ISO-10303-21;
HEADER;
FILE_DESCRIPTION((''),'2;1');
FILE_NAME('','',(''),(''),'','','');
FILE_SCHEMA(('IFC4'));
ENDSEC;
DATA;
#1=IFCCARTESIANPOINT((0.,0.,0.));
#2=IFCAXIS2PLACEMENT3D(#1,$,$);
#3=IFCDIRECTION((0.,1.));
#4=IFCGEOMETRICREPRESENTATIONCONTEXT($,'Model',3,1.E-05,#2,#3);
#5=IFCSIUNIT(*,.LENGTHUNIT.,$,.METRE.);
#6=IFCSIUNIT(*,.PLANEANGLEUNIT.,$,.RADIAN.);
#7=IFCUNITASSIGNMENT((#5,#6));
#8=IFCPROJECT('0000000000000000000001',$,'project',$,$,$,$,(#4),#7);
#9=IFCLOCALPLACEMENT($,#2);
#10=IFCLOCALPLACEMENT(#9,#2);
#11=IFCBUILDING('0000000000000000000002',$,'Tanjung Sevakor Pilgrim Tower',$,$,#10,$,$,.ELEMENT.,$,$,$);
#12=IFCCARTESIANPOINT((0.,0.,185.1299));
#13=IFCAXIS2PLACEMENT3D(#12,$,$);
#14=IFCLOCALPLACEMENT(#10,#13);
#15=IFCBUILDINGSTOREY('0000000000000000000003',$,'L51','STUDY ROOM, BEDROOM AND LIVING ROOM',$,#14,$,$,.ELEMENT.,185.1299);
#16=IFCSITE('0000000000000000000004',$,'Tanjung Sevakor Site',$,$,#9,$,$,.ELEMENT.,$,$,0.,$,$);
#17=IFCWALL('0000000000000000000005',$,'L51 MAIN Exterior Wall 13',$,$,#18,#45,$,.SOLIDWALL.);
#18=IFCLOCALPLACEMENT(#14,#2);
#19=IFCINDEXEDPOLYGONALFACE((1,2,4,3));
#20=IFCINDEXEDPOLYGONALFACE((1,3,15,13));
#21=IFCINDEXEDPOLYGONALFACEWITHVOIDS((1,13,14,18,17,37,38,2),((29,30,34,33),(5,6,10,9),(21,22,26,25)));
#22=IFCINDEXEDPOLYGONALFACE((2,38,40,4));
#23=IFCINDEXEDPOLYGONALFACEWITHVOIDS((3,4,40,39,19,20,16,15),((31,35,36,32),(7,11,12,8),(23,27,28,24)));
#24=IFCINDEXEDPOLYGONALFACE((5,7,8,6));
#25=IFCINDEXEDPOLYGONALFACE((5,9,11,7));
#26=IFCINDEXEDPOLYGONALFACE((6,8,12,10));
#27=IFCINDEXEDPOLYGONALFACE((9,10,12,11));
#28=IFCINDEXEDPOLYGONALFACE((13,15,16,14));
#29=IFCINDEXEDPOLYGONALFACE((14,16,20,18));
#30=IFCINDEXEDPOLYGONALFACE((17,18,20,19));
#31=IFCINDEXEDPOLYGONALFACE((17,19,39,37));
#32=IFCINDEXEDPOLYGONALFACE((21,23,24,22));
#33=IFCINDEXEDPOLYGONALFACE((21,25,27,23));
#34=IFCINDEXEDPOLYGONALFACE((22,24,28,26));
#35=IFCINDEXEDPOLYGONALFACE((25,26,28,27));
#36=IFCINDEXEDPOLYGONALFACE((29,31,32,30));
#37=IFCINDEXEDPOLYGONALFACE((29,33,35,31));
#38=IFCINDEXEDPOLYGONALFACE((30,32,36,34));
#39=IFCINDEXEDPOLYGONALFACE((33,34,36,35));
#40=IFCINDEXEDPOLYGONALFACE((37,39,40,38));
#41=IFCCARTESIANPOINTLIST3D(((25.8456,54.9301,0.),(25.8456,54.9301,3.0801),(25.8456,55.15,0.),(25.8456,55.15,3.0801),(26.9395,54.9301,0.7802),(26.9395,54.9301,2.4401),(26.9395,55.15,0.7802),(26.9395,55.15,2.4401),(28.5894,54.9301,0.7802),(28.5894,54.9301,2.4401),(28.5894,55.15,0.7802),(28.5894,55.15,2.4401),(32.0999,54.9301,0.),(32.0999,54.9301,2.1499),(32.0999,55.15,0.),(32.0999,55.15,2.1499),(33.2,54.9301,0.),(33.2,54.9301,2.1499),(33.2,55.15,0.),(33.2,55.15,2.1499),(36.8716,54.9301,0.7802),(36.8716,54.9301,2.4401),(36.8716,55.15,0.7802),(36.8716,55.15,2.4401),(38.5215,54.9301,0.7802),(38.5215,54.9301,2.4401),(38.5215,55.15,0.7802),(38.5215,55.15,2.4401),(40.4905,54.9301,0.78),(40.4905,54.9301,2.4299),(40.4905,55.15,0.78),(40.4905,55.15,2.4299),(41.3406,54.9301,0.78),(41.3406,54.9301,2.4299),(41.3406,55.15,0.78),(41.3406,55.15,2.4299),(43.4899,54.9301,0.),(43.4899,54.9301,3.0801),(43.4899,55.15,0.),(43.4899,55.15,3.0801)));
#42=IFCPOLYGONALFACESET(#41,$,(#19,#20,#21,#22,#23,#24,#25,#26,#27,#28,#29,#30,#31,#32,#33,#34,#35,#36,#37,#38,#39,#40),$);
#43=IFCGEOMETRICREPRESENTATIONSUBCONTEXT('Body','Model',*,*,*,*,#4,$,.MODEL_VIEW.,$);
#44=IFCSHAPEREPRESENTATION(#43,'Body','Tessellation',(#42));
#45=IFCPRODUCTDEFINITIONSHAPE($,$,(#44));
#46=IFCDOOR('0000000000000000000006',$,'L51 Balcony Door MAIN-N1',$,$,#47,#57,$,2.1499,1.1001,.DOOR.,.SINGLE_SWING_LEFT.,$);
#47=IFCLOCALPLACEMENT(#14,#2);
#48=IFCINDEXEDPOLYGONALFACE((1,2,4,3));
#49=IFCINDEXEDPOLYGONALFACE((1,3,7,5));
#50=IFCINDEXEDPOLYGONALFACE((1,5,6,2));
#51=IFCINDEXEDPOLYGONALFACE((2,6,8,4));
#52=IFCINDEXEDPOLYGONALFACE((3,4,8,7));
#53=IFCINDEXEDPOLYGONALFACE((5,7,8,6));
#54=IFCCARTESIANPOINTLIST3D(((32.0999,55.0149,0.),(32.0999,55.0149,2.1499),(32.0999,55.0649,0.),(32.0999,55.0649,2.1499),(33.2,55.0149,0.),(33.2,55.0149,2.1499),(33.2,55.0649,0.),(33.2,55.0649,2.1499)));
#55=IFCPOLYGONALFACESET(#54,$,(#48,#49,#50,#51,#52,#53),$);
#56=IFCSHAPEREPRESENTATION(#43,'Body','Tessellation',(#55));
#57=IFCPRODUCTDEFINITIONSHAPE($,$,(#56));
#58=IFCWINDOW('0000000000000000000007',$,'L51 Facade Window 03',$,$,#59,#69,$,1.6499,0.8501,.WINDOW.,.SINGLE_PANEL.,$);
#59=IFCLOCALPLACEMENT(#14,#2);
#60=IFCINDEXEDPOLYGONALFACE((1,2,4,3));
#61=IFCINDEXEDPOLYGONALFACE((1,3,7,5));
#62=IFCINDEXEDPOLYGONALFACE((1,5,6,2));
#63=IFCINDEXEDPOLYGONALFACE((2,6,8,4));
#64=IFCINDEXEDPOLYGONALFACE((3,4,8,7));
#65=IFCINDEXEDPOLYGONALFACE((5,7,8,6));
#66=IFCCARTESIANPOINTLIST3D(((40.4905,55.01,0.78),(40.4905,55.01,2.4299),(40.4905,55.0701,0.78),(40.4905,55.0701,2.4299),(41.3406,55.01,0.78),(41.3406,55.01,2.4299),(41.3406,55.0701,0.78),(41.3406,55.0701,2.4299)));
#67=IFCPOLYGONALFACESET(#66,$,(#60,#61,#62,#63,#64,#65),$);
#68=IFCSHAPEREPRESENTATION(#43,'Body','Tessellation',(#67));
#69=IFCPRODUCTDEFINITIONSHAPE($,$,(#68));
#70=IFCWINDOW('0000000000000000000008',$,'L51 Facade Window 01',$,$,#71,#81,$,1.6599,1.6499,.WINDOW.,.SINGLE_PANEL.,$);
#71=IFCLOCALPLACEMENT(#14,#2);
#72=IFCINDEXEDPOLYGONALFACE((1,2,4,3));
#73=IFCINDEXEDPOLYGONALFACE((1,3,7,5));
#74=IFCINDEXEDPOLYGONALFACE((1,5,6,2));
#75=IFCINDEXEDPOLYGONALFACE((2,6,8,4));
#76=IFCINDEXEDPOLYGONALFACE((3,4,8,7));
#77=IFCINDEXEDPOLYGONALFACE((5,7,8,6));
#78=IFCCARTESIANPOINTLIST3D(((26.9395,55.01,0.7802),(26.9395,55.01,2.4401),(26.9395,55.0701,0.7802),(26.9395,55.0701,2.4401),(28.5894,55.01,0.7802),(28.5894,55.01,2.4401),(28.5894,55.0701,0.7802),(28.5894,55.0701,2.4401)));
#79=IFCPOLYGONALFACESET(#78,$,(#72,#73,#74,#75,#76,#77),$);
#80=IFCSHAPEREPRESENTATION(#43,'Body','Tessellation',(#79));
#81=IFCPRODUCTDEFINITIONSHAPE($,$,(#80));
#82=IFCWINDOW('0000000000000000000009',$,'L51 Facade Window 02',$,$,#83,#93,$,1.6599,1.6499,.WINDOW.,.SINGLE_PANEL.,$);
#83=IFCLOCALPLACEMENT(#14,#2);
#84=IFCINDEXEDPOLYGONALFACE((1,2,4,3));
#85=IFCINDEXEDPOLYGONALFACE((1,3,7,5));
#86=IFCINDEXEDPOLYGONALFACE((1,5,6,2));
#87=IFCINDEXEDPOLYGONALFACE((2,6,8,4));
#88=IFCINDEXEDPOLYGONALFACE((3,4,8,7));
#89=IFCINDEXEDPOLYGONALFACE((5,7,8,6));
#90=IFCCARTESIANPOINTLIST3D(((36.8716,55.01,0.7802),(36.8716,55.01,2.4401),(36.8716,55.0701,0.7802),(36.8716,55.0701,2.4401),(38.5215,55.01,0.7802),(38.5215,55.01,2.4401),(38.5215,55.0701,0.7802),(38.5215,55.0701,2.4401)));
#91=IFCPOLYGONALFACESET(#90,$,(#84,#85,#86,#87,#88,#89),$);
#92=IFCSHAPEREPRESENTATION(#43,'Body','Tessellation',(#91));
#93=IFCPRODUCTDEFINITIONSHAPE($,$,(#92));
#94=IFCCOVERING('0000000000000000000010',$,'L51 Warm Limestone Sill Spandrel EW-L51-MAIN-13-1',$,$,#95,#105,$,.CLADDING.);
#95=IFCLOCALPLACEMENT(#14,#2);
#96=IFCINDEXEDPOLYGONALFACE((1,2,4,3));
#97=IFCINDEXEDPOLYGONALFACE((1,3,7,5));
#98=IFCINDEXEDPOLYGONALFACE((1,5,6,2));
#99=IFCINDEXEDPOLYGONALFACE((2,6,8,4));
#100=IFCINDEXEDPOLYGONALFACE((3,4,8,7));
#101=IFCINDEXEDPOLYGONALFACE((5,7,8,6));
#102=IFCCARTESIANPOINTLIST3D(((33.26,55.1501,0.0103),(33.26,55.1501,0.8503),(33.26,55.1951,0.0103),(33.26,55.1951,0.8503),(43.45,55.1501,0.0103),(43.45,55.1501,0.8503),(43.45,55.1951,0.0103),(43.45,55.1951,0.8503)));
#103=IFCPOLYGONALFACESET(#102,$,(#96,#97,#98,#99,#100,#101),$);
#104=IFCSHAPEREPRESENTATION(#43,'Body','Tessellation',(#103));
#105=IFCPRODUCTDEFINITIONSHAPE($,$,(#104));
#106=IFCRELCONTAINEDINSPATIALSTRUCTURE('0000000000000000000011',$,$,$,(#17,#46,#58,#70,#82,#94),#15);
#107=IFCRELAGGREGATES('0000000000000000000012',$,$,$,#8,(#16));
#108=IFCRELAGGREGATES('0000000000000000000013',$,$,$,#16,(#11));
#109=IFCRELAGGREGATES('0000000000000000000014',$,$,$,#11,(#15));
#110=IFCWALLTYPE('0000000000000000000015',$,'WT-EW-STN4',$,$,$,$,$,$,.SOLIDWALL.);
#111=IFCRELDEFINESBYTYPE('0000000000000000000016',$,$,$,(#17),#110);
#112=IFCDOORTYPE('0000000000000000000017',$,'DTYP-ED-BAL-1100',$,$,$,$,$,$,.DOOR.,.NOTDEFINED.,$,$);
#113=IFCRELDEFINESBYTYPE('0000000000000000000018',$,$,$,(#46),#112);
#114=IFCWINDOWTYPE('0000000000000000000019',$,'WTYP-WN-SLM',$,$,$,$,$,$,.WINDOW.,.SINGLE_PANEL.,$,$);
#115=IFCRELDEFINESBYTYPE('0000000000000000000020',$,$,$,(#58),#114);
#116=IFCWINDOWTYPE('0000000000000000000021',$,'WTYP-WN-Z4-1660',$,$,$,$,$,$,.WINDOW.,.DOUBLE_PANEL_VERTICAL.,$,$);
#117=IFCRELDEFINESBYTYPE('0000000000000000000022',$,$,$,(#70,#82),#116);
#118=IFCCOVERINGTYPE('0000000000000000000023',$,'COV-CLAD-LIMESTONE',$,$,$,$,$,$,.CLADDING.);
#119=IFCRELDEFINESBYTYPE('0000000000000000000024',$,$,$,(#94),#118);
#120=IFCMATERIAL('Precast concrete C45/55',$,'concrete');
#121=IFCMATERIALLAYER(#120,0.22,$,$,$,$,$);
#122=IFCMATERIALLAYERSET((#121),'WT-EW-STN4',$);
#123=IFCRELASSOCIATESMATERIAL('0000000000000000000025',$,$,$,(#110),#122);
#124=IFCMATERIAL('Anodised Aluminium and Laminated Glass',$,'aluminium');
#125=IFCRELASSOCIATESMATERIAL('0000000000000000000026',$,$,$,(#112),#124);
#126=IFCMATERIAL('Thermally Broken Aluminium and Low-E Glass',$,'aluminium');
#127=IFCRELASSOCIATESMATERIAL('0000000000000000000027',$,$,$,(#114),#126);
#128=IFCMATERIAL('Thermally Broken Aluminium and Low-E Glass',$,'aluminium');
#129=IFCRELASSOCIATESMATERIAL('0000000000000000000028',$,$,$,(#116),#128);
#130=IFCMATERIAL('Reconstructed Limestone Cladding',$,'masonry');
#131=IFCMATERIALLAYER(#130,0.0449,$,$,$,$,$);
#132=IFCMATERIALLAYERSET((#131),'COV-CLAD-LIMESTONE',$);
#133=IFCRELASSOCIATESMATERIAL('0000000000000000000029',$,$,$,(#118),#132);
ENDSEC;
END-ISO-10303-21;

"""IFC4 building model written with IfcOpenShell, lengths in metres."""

from ifc_helpers import new_model, si_unit, direction, frame, frame_2d, origin, origin_2d, place, context, subcontext, project, spatial, rectangle, extrude, material, layer, layer_set, type_object, element, fill, save


model = new_model("IFC4")

# Units and contexts
model_context = context("Model", 3, precision=1e-05, world=origin(), true_north=direction((0.0, 1.0)))
body_context = subcontext(model_context, "Body", "Model", "MODEL_VIEW")
ifc_project = project(units=[si_unit("LENGTHUNIT", "METRE"), si_unit("PLANEANGLEUNIT", "RADIAN")], contexts=[model_context])

# Site, building, storey
site_placement = place(None, origin())
site = spatial("IfcSite", under=ifc_project, at=site_placement, Name="Tanjung Sevakor Site", CompositionType="ELEMENT", RefElevation=0.0)
building_placement = place(site_placement, origin())
building = spatial("IfcBuilding", under=site, at=building_placement, Name="Tanjung Sevakor Pilgrim Tower", CompositionType="ELEMENT")
storey_placement = place(building_placement, frame((0.0, 0.0, 185.1299)))
storey = spatial("IfcBuildingStorey", under=building, at=storey_placement, Name="L51", Description="STUDY ROOM, BEDROOM AND LIVING ROOM", CompositionType="ELEMENT", Elevation=185.1299)

# Shared definitions
ifc_material_1 = material(Name="Precast concrete C45/55", Category="concrete")
ifc_layer_1 = layer(ifc_material_1, 0.22)
ifc_layer_set_1 = layer_set([ifc_layer_1], Name="WT-EW-STN4")
wall_type_1 = type_object("IfcWallType", Name="WT-EW-STN4", PredefinedType="SOLIDWALL", material=ifc_layer_set_1)

# Wall, openings, door, windows
wall_1_placement = place(storey_placement, frame((43.49, 55.04, 0.0), z_axis=(0.0, 0.0, 1.0), x_axis=(-1.0, 0.0, 0.0)))
wall_1 = element("IfcWall", 1, at=wall_1_placement, inside=storey, type_object=wall_type_1, Name="L51 MAIN Exterior Wall 13", PredefinedType="SOLIDWALL", context=body_context, shape_type="SweptSolid", body=[
    extrude(rectangle(XDim=17.6443, YDim=0.22, at=frame_2d((8.8223, 0.0))), origin(), (0.0, 0.0, 1.0), 3.0801),
])
opening_1_placement = place(wall_1_placement, frame((10.29, 0.0, 0.0)))
opening_1 = element("IfcOpeningElement", 2, at=opening_1_placement, cuts=wall_1, PredefinedType="OPENING", context=body_context, shape_type="SweptSolid", body=[
    extrude(rectangle(XDim=1.1001, YDim=2.1499, at=frame_2d((0.55, 1.075))), frame((0.0, 0.1199, 0.0), z_axis=(0.0, -1.0, 0.0), x_axis=(1.0, 0.0, 0.0)), (0.0, 0.0, 1.0), 0.24),
])
opening_2_placement = place(wall_1_placement, frame((14.9006, 0.0, 0.78)))
opening_2 = element("IfcOpeningElement", 3, at=opening_2_placement, cuts=wall_1, PredefinedType="OPENING", context=body_context, shape_type="SweptSolid", body=[
    extrude(rectangle(XDim=1.6499, YDim=1.6599, at=frame_2d((0.825, 0.8301))), frame((0.0, 0.1199, 0.0), z_axis=(0.0, -1.0, 0.0), x_axis=(1.0, 0.0, 0.0)), (0.0, 0.0, 1.0), 0.24),
])
opening_3_placement = place(wall_1_placement, frame((4.9685, 0.0, 0.78)))
opening_3 = element("IfcOpeningElement", 4, at=opening_3_placement, cuts=wall_1, PredefinedType="OPENING", context=body_context, shape_type="SweptSolid", body=[
    extrude(rectangle(XDim=1.6499, YDim=1.6599, at=frame_2d((0.825, 0.8301))), frame((0.0, 0.1199, 0.0), z_axis=(0.0, -1.0, 0.0), x_axis=(1.0, 0.0, 0.0)), (0.0, 0.0, 1.0), 0.24),
])
opening_4_placement = place(wall_1_placement, frame((2.1494, 0.0, 0.78)))
opening_4 = element("IfcOpeningElement", 5, at=opening_4_placement, cuts=wall_1, PredefinedType="OPENING", context=body_context, shape_type="SweptSolid", body=[
    extrude(rectangle(XDim=0.8501, YDim=1.6499, at=frame_2d((0.425, 0.825))), frame((0.0, 0.1199, 0.0), z_axis=(0.0, -1.0, 0.0), x_axis=(1.0, 0.0, 0.0)), (0.0, 0.0, 1.0), 0.24),
])
ifc_material_2 = material(Name="Anodised Aluminium and Laminated Glass", Category="aluminium")
door_type_1 = type_object("IfcDoorType", Name="DTYP-ED-BAL-1100", OperationType="NOTDEFINED", PredefinedType="DOOR", material=ifc_material_2)
door_1_placement = place(opening_1_placement, frame((1.1001, 0.0, 0.0), z_axis=(0.0, 0.0, 1.0), x_axis=(-1.0, 0.0, 0.0)))
door_1 = element("IfcDoor", 6, at=door_1_placement, inside=storey, type_object=door_type_1, Name="L51 Balcony Door MAIN-N1", OperationType="SINGLE_SWING_LEFT", OverallHeight=2.1499, OverallWidth=1.1001, PredefinedType="DOOR", context=body_context, shape_type="SweptSolid", body=[
    extrude(rectangle(XDim=1.1001, YDim=2.1499, at=frame_2d((0.55, 1.075))), frame((0.0, 0.0249, 0.0), z_axis=(0.0, -1.0, 0.0), x_axis=(1.0, 0.0, 0.0)), (0.0, 0.0, 1.0), 0.05),
])
fill(opening_1, door_1)
ifc_material_3 = material(Name="Thermally Broken Aluminium and Low-E Glass", Category="aluminium")
window_type_1 = type_object("IfcWindowType", Name="WTYP-WN-SLM", PartitioningType="SINGLE_PANEL", PredefinedType="WINDOW", material=ifc_material_3)
window_1_placement = place(opening_4_placement, origin())
window_1 = element("IfcWindow", 7, at=window_1_placement, inside=storey, type_object=window_type_1, Name="L51 Facade Window 03", OverallHeight=1.6499, OverallWidth=0.8501, PartitioningType="SINGLE_PANEL", PredefinedType="WINDOW", context=body_context, shape_type="SweptSolid", body=[
    extrude(rectangle(XDim=0.8501, YDim=1.6499, at=frame_2d((0.425, 0.825))), frame((0.0, 0.03, 0.0), z_axis=(0.0, -1.0, 0.0), x_axis=(1.0, 0.0, 0.0)), (0.0, 0.0, 1.0), 0.0601),
])
fill(opening_4, window_1)
ifc_material_4 = material(Name="Thermally Broken Aluminium and Low-E Glass", Category="aluminium")
window_type_2 = type_object("IfcWindowType", Name="WTYP-WN-Z4-1660", PartitioningType="DOUBLE_PANEL_VERTICAL", PredefinedType="WINDOW", material=ifc_material_4)
window_2_placement = place(opening_2_placement, origin())
window_2 = element("IfcWindow", 8, at=window_2_placement, inside=storey, type_object=window_type_2, Name="L51 Facade Window 01", OverallHeight=1.6599, OverallWidth=1.6499, PartitioningType="SINGLE_PANEL", PredefinedType="WINDOW", context=body_context, shape_type="SweptSolid", body=[
    extrude(rectangle(XDim=1.6499, YDim=1.6599, at=frame_2d((0.825, 0.8301))), frame((0.0, 0.03, 0.0), z_axis=(0.0, -1.0, 0.0), x_axis=(1.0, 0.0, 0.0)), (0.0, 0.0, 1.0), 0.0601),
])
fill(opening_2, window_2)
window_3_placement = place(opening_3_placement, origin())
window_3 = element("IfcWindow", 9, at=window_3_placement, inside=storey, type_object=window_type_2, Name="L51 Facade Window 02", OverallHeight=1.6599, OverallWidth=1.6499, PartitioningType="SINGLE_PANEL", PredefinedType="WINDOW", context=body_context, shape_type="SweptSolid", body=[
    extrude(rectangle(XDim=1.6499, YDim=1.6599, at=frame_2d((0.825, 0.8301))), frame((0.0, 0.03, 0.0), z_axis=(0.0, -1.0, 0.0), x_axis=(1.0, 0.0, 0.0)), (0.0, 0.0, 1.0), 0.0601),
])
fill(opening_3, window_3)

# Covering
ifc_material_5 = material(Name="Reconstructed Limestone Cladding", Category="masonry")
ifc_layer_2 = layer(ifc_material_5, 0.0449)
ifc_layer_set_2 = layer_set([ifc_layer_2], Name="COV-CLAD-LIMESTONE")
covering_type = type_object("IfcCoveringType", Name="COV-CLAD-LIMESTONE", PredefinedType="CLADDING", material=ifc_layer_set_2)
covering_placement = place(storey_placement, frame((38.355, 55.1726, 0.0103), z_axis=(0.0, 0.0, 1.0), x_axis=(-1.0, 0.0, 0.0)))
element("IfcCovering", 10, at=covering_placement, inside=storey, type_object=covering_type, Name="L51 Warm Limestone Sill Spandrel EW-L51-MAIN-13-1", PredefinedType="CLADDING", context=body_context, shape_type="SweptSolid", body=[
    extrude(rectangle(XDim=10.1899, YDim=0.0449, at=origin_2d()), origin(), (0.0, 0.0, 1.0), 0.8401),
])

save(model, "model.ifc")
